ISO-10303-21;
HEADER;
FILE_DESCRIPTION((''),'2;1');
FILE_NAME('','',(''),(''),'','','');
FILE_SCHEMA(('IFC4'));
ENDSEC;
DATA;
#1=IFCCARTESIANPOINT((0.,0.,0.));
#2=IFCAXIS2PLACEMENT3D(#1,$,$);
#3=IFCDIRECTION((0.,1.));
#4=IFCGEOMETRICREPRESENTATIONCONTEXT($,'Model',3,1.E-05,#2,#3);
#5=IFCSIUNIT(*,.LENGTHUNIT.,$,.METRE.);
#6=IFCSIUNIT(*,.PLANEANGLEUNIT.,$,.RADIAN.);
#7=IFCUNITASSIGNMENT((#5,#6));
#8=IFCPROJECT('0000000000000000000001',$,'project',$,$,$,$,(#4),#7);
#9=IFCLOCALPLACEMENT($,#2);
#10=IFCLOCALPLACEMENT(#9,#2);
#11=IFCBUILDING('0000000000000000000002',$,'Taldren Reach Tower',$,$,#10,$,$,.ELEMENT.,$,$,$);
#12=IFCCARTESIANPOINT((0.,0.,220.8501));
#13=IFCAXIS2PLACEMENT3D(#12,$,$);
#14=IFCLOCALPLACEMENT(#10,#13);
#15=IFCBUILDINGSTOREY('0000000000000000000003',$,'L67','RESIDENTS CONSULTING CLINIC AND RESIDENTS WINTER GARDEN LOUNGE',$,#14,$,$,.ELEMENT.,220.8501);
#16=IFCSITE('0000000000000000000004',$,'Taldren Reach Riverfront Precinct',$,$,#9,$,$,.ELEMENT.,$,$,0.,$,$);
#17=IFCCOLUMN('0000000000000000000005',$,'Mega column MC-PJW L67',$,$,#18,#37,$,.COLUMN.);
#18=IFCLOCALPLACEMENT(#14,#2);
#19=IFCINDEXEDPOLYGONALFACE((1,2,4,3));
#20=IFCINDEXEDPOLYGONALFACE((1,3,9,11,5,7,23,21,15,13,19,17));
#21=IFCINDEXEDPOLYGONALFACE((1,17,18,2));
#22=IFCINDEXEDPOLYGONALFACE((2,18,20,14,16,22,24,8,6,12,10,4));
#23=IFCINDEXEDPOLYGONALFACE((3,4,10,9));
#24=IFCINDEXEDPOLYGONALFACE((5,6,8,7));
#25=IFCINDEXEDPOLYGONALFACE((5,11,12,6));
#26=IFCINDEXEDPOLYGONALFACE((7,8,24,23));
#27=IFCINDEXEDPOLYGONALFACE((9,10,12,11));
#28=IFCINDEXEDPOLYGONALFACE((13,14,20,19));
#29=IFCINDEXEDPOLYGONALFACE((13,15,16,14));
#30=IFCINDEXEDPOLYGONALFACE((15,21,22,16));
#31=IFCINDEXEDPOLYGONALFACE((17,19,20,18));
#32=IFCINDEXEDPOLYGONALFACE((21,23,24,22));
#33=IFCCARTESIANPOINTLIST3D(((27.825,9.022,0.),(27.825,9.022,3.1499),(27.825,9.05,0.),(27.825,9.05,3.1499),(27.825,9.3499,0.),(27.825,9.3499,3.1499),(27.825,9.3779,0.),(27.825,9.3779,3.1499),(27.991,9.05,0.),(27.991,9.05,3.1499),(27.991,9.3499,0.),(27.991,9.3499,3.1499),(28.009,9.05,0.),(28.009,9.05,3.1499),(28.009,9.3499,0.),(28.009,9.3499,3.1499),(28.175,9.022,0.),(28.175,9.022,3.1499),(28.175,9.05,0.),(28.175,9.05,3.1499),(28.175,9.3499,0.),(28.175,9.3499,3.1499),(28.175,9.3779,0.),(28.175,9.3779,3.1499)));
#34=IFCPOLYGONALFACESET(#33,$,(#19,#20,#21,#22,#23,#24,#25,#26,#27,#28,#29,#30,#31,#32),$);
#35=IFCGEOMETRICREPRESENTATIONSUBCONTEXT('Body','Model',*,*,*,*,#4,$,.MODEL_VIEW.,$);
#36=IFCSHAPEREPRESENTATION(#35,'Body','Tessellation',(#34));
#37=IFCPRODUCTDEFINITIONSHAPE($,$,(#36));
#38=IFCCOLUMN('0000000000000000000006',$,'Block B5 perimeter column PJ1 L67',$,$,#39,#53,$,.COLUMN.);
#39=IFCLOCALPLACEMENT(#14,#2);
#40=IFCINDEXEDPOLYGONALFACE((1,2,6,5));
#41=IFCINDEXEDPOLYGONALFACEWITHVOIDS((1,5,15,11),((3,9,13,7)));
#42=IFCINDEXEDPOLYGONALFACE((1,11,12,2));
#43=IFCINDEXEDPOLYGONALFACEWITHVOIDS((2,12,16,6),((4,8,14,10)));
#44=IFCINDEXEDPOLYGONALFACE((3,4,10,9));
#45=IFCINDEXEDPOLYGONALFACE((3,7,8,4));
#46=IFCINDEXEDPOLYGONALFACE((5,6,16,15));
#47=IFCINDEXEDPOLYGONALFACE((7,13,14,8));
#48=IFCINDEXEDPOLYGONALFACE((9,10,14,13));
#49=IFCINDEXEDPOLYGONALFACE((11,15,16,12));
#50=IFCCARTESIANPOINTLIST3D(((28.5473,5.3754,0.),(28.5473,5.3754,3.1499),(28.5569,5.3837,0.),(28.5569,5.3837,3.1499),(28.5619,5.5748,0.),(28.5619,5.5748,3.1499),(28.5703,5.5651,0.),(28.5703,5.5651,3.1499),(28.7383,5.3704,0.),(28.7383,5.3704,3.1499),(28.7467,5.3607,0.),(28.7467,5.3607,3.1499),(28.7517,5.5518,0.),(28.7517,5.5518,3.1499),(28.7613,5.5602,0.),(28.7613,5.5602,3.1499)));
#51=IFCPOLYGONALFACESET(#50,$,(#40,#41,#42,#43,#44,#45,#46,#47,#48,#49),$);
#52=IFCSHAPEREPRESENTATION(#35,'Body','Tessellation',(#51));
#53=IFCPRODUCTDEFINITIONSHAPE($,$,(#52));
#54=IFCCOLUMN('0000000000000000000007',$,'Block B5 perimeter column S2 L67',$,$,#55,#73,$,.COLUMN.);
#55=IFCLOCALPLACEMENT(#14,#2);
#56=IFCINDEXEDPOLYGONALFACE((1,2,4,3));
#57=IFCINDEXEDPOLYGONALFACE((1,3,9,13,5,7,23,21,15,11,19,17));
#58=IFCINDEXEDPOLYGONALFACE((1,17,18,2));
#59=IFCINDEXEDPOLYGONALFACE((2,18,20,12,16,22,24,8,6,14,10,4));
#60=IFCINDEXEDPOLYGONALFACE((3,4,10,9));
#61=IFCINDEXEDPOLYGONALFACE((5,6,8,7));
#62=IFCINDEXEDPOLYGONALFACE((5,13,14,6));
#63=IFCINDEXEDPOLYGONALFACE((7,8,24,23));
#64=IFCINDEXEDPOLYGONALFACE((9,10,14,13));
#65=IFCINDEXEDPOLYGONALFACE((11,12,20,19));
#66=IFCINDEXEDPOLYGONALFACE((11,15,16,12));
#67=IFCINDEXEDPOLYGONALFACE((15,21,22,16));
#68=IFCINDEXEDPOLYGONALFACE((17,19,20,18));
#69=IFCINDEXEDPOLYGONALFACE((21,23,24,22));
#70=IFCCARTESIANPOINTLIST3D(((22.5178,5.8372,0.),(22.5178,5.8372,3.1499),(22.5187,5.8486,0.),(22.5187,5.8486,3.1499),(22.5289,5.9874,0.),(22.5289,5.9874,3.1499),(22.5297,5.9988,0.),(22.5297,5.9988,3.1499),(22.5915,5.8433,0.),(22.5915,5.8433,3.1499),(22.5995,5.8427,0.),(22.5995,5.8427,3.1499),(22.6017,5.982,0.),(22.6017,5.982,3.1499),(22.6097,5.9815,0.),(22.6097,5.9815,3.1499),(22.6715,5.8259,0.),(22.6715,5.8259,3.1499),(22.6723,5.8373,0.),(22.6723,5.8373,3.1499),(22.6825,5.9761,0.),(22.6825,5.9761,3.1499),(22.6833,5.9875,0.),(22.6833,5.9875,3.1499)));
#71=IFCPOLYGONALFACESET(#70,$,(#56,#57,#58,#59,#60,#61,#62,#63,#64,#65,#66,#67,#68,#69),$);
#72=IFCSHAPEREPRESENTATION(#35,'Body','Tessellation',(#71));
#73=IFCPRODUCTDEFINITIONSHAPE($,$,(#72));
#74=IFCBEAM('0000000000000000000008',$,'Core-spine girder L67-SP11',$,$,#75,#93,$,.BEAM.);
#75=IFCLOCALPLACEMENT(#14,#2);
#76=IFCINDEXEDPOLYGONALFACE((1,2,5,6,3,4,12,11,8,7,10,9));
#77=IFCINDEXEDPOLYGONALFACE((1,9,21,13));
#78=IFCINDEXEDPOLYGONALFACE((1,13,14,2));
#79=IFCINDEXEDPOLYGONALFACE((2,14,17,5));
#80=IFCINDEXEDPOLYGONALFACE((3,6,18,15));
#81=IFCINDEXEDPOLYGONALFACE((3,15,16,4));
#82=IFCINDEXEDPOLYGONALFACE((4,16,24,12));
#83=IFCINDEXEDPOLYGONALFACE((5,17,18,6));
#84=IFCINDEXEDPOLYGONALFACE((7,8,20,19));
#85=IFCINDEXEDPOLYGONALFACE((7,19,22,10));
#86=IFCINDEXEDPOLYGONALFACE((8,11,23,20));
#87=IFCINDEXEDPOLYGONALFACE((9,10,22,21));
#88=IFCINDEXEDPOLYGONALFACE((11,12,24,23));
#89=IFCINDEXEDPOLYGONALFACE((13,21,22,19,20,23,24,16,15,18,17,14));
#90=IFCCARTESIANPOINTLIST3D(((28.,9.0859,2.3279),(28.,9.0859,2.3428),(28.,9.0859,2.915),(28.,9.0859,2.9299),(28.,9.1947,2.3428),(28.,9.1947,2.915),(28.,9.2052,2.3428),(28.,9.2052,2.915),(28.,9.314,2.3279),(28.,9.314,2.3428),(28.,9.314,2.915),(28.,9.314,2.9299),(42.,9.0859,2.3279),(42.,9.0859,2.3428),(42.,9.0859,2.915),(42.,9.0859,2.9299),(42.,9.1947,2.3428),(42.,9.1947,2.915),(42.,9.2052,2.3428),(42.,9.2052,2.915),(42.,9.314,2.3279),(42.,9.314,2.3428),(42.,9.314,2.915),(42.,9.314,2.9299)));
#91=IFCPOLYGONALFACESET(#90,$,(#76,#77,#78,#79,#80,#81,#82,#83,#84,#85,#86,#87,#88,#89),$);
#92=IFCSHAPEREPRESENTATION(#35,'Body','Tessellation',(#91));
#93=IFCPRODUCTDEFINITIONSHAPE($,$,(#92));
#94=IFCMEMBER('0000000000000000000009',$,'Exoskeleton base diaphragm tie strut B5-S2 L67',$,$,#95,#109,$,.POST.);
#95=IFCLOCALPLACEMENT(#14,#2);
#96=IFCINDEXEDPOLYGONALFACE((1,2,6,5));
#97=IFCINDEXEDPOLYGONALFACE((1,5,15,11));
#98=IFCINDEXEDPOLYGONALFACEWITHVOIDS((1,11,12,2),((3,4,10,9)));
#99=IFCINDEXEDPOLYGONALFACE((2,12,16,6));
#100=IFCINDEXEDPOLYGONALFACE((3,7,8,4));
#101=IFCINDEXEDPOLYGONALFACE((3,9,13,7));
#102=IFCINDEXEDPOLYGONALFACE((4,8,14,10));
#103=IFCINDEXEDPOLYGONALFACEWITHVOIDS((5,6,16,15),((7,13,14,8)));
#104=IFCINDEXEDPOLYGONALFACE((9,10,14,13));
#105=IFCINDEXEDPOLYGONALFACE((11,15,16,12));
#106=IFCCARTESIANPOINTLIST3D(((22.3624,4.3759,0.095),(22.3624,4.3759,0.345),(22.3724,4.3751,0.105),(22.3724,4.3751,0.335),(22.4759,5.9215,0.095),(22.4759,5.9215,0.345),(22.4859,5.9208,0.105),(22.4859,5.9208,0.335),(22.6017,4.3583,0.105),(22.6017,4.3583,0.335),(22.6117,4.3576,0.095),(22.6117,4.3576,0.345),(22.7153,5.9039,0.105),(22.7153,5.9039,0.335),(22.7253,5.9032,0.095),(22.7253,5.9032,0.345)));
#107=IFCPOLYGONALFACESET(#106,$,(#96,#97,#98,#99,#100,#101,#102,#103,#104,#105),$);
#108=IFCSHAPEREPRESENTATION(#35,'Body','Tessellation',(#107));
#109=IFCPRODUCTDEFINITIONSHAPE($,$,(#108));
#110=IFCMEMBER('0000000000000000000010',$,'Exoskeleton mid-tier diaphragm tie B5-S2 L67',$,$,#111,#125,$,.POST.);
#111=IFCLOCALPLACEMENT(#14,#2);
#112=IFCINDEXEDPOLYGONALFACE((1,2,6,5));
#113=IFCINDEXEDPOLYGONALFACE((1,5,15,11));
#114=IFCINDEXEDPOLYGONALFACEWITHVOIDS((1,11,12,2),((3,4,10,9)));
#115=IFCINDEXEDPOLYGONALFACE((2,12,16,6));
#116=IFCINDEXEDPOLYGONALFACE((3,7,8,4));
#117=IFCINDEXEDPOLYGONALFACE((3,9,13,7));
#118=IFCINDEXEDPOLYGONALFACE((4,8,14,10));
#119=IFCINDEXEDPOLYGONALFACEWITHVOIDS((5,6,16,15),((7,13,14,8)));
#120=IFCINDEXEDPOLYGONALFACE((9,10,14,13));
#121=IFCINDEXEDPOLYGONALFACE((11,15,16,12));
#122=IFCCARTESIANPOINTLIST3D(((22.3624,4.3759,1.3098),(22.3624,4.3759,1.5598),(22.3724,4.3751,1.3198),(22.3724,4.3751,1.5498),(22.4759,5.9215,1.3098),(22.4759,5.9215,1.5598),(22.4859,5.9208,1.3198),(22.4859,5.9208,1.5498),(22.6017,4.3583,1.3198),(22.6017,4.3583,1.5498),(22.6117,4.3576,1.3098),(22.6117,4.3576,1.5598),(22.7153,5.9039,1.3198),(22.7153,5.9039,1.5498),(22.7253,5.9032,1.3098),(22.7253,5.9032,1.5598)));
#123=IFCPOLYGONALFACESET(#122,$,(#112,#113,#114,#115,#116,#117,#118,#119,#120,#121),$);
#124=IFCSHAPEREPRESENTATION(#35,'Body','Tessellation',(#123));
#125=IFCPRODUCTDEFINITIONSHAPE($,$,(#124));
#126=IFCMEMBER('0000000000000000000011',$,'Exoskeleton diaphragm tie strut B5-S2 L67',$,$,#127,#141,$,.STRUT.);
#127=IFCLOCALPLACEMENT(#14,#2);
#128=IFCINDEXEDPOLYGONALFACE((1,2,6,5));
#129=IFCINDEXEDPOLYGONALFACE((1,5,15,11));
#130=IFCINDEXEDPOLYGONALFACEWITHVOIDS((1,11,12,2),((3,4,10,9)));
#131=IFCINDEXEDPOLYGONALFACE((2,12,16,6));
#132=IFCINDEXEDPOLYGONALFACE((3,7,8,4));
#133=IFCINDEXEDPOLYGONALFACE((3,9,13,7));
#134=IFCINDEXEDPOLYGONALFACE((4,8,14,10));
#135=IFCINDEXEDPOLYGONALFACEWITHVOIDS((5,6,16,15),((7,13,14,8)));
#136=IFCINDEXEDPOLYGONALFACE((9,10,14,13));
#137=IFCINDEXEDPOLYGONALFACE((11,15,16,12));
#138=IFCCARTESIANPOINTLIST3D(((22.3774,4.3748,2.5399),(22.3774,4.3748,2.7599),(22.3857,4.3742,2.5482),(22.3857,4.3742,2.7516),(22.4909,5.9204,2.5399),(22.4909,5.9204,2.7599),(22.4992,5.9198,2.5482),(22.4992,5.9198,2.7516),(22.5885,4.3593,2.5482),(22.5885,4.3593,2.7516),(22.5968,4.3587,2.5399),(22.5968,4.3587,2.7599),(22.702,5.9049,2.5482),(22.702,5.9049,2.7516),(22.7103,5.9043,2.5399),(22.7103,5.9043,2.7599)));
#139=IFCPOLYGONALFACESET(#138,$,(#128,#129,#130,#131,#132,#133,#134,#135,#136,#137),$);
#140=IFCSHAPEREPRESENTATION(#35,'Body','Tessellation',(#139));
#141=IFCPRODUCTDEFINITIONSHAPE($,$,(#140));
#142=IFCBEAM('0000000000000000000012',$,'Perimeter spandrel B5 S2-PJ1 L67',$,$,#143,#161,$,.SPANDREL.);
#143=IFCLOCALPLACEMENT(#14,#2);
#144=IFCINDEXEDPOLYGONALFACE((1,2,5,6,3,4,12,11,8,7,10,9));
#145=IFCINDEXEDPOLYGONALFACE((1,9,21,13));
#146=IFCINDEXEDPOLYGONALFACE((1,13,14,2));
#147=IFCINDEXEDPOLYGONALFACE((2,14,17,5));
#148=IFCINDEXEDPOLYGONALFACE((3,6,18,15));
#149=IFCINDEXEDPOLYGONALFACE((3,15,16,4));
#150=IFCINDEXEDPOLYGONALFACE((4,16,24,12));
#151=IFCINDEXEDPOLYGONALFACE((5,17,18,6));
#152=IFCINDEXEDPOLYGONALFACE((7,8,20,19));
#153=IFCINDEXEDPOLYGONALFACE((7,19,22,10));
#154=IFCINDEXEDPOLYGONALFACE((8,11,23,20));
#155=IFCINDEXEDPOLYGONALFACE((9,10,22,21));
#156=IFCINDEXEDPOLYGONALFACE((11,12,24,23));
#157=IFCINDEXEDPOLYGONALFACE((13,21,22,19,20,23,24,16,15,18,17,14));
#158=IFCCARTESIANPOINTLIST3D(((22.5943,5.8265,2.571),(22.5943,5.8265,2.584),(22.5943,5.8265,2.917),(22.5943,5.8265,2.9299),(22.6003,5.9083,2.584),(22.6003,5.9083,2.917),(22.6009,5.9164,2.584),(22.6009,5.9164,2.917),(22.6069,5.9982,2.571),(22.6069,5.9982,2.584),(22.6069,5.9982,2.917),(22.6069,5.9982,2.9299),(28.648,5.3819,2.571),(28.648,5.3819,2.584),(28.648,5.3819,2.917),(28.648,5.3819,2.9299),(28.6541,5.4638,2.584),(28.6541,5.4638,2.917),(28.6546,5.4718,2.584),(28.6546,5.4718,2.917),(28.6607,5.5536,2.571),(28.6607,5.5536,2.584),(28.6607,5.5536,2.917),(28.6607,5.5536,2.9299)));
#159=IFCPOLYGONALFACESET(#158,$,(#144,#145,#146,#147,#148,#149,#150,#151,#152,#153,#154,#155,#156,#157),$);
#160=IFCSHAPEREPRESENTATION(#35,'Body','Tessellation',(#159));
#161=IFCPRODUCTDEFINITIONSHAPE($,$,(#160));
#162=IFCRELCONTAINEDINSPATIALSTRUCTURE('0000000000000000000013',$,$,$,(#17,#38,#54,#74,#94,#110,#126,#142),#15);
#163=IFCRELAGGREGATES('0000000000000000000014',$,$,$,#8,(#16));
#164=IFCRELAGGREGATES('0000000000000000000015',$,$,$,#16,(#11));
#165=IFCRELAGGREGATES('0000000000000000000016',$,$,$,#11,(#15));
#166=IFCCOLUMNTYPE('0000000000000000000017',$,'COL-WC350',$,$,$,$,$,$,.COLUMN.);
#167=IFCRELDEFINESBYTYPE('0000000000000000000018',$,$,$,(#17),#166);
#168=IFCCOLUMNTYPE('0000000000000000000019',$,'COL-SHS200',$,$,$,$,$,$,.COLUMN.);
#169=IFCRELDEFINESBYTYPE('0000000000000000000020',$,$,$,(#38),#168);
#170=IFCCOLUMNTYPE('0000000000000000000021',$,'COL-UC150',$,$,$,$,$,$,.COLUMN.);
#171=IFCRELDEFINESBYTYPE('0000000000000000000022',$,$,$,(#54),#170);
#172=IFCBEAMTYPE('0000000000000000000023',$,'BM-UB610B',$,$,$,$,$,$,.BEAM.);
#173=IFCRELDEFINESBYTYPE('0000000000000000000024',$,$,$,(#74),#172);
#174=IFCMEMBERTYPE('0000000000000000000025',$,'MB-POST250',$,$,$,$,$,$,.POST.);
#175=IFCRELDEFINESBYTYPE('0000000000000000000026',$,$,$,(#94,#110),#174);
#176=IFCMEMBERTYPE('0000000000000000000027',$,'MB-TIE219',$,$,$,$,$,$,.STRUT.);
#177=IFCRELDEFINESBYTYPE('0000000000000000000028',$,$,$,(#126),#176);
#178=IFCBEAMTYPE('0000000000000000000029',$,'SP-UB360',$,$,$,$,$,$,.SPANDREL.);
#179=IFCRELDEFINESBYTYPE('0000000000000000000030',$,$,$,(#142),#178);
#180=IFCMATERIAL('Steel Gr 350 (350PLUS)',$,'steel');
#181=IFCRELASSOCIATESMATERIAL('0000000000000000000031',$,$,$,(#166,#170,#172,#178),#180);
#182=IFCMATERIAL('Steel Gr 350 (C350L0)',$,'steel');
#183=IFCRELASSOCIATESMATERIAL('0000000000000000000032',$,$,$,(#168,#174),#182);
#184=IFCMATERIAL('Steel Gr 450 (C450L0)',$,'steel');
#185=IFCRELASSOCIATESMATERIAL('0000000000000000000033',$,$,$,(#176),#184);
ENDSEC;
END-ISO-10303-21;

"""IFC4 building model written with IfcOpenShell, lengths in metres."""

from ifc_helpers import new_model, si_unit, direction, frame, origin, origin_2d, place, context, subcontext, project, spatial, hollow_rectangle, i_section, extrude, source, transform, mapped, material, material_profile, profile_set, type_object, element, save


model = new_model("IFC4")

# Units and contexts
model_context = context("Model", 3, precision=1e-05, world=origin(), true_north=direction((0.0, 1.0)))
body_context = subcontext(model_context, "Body", "Model", "MODEL_VIEW")
ifc_project = project(units=[si_unit("LENGTHUNIT", "METRE"), si_unit("PLANEANGLEUNIT", "RADIAN")], contexts=[model_context])

# Site, building, storey
site_placement = place(None, origin())
site = spatial("IfcSite", under=ifc_project, at=site_placement, Name="Taldren Reach Riverfront Precinct", CompositionType="ELEMENT", RefElevation=0.0)
building_placement = place(site_placement, origin())
building = spatial("IfcBuilding", under=site, at=building_placement, Name="Taldren Reach Tower", CompositionType="ELEMENT")
storey_placement = place(building_placement, frame((0.0, 0.0, 220.8501)))
storey = spatial("IfcBuildingStorey", under=building, at=storey_placement, Name="L67", Description="RESIDENTS CONSULTING CLINIC AND RESIDENTS WINTER GARDEN LOUNGE", CompositionType="ELEMENT", Elevation=220.8501)

# Columns
ifc_material_1 = material(Name="Steel Gr 350 (350PLUS)", Category="steel")
ifc_material_profile_1 = material_profile(ifc_material_1, i_section(OverallWidth=0.3501, OverallDepth=0.356, WebThickness=0.0181, FlangeThickness=0.0281, at=origin_2d()), Name="350WC197")
ifc_profile_set_1 = profile_set([ifc_material_profile_1], Name="Steel Gr 350 (350PLUS)")
column_type_1 = type_object("IfcColumnType", Name="COL-WC350", PredefinedType="COLUMN", material=ifc_profile_set_1)
shared_shape_1 = source(origin(), body_context, "Body", "SweptSolid", [
    extrude(i_section(OverallWidth=0.3501, OverallDepth=0.356, WebThickness=0.0181, FlangeThickness=0.0281, at=origin_2d()), origin(), (0.0, 0.0, 1.0), 3.1499),
])
column_1_placement = place(storey_placement, frame((28.0, 9.2, 0.0), z_axis=(0.0, 0.0, 1.0), x_axis=(1.0, 0.0, 0.0)))
element("IfcColumn", 1, at=column_1_placement, inside=storey, type_object=column_type_1, Name="Mega column MC-PJW L67", PredefinedType="COLUMN", context=body_context, shape_type="MappedRepresentation", body=[
    mapped(shared_shape_1, transform((0.0, 0.0, 0.0), scale=1.0)),
])
ifc_material_2 = material(Name="Steel Gr 350 (C350L0)", Category="steel")
ifc_material_profile_2 = material_profile(ifc_material_2, hollow_rectangle(XDim=0.2, YDim=0.2, WallThickness=0.009, at=origin_2d()), Name="200x200x9.0SHS")
ifc_profile_set_2 = profile_set([ifc_material_profile_2], Name="Steel Gr 350 (C350L0)")
column_type_2 = type_object("IfcColumnType", Name="COL-SHS200", PredefinedType="COLUMN", material=ifc_profile_set_2)
shared_shape_2 = source(origin(), body_context, "Body", "SweptSolid", [
    extrude(hollow_rectangle(XDim=0.2, YDim=0.2, WallThickness=0.009, at=origin_2d()), origin(), (0.0, 0.0, 1.0), 3.1499),
])
column_2_placement = place(storey_placement, frame((28.6543, 5.4678, 0.0), z_axis=(0.0, 0.0, 1.0), x_axis=(0.997314, -0.073238, 0.0)))
element("IfcColumn", 2, at=column_2_placement, inside=storey, type_object=column_type_2, Name="Block B5 perimeter column PJ1 L67", PredefinedType="COLUMN", context=body_context, shape_type="MappedRepresentation", body=[
    mapped(shared_shape_2, transform((0.0, 0.0, 0.0), scale=1.0)),
])
ifc_material_profile_3 = material_profile(ifc_material_1, i_section(OverallWidth=0.1541, OverallDepth=0.1621, WebThickness=0.0081, FlangeThickness=0.0115, at=origin_2d()), Name="150UC37.2")
ifc_profile_set_3 = profile_set([ifc_material_profile_3], Name="Steel Gr 350 (350PLUS)")
column_type_3 = type_object("IfcColumnType", Name="COL-UC150", PredefinedType="COLUMN", material=ifc_profile_set_3)
shared_shape_3 = source(origin(), body_context, "Body", "SweptSolid", [
    extrude(i_section(OverallWidth=0.1541, OverallDepth=0.1621, WebThickness=0.0081, FlangeThickness=0.0115, at=origin_2d()), origin(), (0.0, 0.0, 1.0), 3.1499),
])
column_3_placement = place(storey_placement, frame((22.6006, 5.9124, 0.0), z_axis=(0.0, 0.0, 1.0), x_axis=(0.997314, -0.073238, 0.0)))
element("IfcColumn", 3, at=column_3_placement, inside=storey, type_object=column_type_3, Name="Block B5 perimeter column S2 L67", PredefinedType="COLUMN", context=body_context, shape_type="MappedRepresentation", body=[
    mapped(shared_shape_3, transform((0.0, 0.0, 0.0), scale=1.0)),
])

# Beam
ifc_material_profile_4 = material_profile(ifc_material_1, i_section(OverallWidth=0.228, OverallDepth=0.6021, WebThickness=0.0105, FlangeThickness=0.0149, at=origin_2d()), Name="610UB101")
ifc_profile_set_4 = profile_set([ifc_material_profile_4], Name="Steel Gr 350 (350PLUS)")
beam_type_1 = type_object("IfcBeamType", Name="BM-UB610B", PredefinedType="BEAM", material=ifc_profile_set_4)
shared_shape_4 = source(origin(), body_context, "Body", "SweptSolid", [
    extrude(i_section(OverallWidth=0.228, OverallDepth=0.6021, WebThickness=0.0105, FlangeThickness=0.0149, at=origin_2d()), origin(), (0.0, 0.0, 1.0), 14.0),
])
beam_1_placement = place(storey_placement, frame((28.0, 9.2, 2.6289), z_axis=(1.0, 0.0, 0.0), x_axis=(0.0, 1.0, 0.0)))
element("IfcBeam", 4, at=beam_1_placement, inside=storey, type_object=beam_type_1, Name="Core-spine girder L67-SP11", PredefinedType="BEAM", context=body_context, shape_type="MappedRepresentation", body=[
    mapped(shared_shape_4, transform((0.0, 0.0, 0.0), scale=1.0)),
])

# Members
ifc_material_profile_5 = material_profile(ifc_material_2, hollow_rectangle(XDim=0.25, YDim=0.25, WallThickness=0.01, at=origin_2d()), Name="250x250x10.0SHS")
ifc_profile_set_5 = profile_set([ifc_material_profile_5], Name="Steel Gr 350 (C350L0)")
member_type_1 = type_object("IfcMemberType", Name="MB-POST250", PredefinedType="POST", material=ifc_profile_set_5)
shared_shape_5 = source(origin(), body_context, "Body", "SweptSolid", [
    extrude(hollow_rectangle(XDim=0.25, YDim=0.25, WallThickness=0.01, at=origin_2d()), origin(), (0.0, 0.0, 1.0), 1.5498),
])
for number, where, z_axis, x_axis, name in (
    (5, (22.6006, 5.9124, 0.22), (-0.073251, -0.997314, 0.0), (0.997314, -0.073251, 0.0), "Exoskeleton base diaphragm tie strut B5-S2 L67"),
    (6, (22.6006, 5.9124, 1.4348), (-0.073251, -0.997314, 0.0), (0.997314, -0.073251, 0.0), "Exoskeleton mid-tier diaphragm tie B5-S2 L67"),
):
    element("IfcMember", number, at=place(storey_placement, frame(where, z_axis=z_axis, x_axis=x_axis)), inside=storey, type_object=member_type_1, Name=name, PredefinedType="POST", context=body_context, shape_type="MappedRepresentation", body=[
        mapped(shared_shape_5, transform((0.0, 0.0, 0.0), scale=1.0)),
    ])
ifc_material_3 = material(Name="Steel Gr 450 (C450L0)", Category="steel")
ifc_material_profile_6 = material_profile(ifc_material_3, hollow_rectangle(XDim=0.22, YDim=0.22, WallThickness=0.0083, at=origin_2d()), Name="220x220x8.2SHS")
ifc_profile_set_6 = profile_set([ifc_material_profile_6], Name="Steel Gr 450 (C450L0)")
member_type_2 = type_object("IfcMemberType", Name="MB-TIE219", PredefinedType="STRUT", material=ifc_profile_set_6)
shared_shape_6 = source(origin(), body_context, "Body", "SweptSolid", [
    extrude(hollow_rectangle(XDim=0.22, YDim=0.22, WallThickness=0.0083, at=origin_2d()), origin(), (0.0, 0.0, 1.0), 1.5498),
])
member_1_placement = place(storey_placement, frame((22.6006, 5.9124, 2.6499), z_axis=(-0.073251, -0.997314, 0.0), x_axis=(0.997314, -0.073251, 0.0)))
element("IfcMember", 7, at=member_1_placement, inside=storey, type_object=member_type_2, Name="Exoskeleton diaphragm tie strut B5-S2 L67", PredefinedType="STRUT", context=body_context, shape_type="MappedRepresentation", body=[
    mapped(shared_shape_6, transform((0.0, 0.0, 0.0), scale=1.0)),
])

# Beam
ifc_material_profile_7 = material_profile(ifc_material_1, i_section(OverallWidth=0.1721, OverallDepth=0.3589, WebThickness=0.0081, FlangeThickness=0.0129, at=origin_2d()), Name="360UB56.7")
ifc_profile_set_7 = profile_set([ifc_material_profile_7], Name="Steel Gr 350 (350PLUS)")
beam_type_2 = type_object("IfcBeamType", Name="SP-UB360", PredefinedType="SPANDREL", material=ifc_profile_set_7)
shared_shape_7 = source(origin(), body_context, "Body", "SweptSolid", [
    extrude(i_section(OverallWidth=0.1721, OverallDepth=0.3589, WebThickness=0.0081, FlangeThickness=0.0129, at=origin_2d()), origin(), (0.0, 0.0, 1.0), 6.0701),
])
beam_2_placement = place(storey_placement, frame((22.6006, 5.9124, 2.7505), z_axis=(0.997314, -0.073242, 0.0), x_axis=(0.073242, 0.997314, 0.0)))
element("IfcBeam", 8, at=beam_2_placement, inside=storey, type_object=beam_type_2, Name="Perimeter spandrel B5 S2-PJ1 L67", PredefinedType="SPANDREL", context=body_context, shape_type="MappedRepresentation", body=[
    mapped(shared_shape_7, transform((0.0, 0.0, 0.0), scale=1.0)),
])

save(model, "model.ifc")
